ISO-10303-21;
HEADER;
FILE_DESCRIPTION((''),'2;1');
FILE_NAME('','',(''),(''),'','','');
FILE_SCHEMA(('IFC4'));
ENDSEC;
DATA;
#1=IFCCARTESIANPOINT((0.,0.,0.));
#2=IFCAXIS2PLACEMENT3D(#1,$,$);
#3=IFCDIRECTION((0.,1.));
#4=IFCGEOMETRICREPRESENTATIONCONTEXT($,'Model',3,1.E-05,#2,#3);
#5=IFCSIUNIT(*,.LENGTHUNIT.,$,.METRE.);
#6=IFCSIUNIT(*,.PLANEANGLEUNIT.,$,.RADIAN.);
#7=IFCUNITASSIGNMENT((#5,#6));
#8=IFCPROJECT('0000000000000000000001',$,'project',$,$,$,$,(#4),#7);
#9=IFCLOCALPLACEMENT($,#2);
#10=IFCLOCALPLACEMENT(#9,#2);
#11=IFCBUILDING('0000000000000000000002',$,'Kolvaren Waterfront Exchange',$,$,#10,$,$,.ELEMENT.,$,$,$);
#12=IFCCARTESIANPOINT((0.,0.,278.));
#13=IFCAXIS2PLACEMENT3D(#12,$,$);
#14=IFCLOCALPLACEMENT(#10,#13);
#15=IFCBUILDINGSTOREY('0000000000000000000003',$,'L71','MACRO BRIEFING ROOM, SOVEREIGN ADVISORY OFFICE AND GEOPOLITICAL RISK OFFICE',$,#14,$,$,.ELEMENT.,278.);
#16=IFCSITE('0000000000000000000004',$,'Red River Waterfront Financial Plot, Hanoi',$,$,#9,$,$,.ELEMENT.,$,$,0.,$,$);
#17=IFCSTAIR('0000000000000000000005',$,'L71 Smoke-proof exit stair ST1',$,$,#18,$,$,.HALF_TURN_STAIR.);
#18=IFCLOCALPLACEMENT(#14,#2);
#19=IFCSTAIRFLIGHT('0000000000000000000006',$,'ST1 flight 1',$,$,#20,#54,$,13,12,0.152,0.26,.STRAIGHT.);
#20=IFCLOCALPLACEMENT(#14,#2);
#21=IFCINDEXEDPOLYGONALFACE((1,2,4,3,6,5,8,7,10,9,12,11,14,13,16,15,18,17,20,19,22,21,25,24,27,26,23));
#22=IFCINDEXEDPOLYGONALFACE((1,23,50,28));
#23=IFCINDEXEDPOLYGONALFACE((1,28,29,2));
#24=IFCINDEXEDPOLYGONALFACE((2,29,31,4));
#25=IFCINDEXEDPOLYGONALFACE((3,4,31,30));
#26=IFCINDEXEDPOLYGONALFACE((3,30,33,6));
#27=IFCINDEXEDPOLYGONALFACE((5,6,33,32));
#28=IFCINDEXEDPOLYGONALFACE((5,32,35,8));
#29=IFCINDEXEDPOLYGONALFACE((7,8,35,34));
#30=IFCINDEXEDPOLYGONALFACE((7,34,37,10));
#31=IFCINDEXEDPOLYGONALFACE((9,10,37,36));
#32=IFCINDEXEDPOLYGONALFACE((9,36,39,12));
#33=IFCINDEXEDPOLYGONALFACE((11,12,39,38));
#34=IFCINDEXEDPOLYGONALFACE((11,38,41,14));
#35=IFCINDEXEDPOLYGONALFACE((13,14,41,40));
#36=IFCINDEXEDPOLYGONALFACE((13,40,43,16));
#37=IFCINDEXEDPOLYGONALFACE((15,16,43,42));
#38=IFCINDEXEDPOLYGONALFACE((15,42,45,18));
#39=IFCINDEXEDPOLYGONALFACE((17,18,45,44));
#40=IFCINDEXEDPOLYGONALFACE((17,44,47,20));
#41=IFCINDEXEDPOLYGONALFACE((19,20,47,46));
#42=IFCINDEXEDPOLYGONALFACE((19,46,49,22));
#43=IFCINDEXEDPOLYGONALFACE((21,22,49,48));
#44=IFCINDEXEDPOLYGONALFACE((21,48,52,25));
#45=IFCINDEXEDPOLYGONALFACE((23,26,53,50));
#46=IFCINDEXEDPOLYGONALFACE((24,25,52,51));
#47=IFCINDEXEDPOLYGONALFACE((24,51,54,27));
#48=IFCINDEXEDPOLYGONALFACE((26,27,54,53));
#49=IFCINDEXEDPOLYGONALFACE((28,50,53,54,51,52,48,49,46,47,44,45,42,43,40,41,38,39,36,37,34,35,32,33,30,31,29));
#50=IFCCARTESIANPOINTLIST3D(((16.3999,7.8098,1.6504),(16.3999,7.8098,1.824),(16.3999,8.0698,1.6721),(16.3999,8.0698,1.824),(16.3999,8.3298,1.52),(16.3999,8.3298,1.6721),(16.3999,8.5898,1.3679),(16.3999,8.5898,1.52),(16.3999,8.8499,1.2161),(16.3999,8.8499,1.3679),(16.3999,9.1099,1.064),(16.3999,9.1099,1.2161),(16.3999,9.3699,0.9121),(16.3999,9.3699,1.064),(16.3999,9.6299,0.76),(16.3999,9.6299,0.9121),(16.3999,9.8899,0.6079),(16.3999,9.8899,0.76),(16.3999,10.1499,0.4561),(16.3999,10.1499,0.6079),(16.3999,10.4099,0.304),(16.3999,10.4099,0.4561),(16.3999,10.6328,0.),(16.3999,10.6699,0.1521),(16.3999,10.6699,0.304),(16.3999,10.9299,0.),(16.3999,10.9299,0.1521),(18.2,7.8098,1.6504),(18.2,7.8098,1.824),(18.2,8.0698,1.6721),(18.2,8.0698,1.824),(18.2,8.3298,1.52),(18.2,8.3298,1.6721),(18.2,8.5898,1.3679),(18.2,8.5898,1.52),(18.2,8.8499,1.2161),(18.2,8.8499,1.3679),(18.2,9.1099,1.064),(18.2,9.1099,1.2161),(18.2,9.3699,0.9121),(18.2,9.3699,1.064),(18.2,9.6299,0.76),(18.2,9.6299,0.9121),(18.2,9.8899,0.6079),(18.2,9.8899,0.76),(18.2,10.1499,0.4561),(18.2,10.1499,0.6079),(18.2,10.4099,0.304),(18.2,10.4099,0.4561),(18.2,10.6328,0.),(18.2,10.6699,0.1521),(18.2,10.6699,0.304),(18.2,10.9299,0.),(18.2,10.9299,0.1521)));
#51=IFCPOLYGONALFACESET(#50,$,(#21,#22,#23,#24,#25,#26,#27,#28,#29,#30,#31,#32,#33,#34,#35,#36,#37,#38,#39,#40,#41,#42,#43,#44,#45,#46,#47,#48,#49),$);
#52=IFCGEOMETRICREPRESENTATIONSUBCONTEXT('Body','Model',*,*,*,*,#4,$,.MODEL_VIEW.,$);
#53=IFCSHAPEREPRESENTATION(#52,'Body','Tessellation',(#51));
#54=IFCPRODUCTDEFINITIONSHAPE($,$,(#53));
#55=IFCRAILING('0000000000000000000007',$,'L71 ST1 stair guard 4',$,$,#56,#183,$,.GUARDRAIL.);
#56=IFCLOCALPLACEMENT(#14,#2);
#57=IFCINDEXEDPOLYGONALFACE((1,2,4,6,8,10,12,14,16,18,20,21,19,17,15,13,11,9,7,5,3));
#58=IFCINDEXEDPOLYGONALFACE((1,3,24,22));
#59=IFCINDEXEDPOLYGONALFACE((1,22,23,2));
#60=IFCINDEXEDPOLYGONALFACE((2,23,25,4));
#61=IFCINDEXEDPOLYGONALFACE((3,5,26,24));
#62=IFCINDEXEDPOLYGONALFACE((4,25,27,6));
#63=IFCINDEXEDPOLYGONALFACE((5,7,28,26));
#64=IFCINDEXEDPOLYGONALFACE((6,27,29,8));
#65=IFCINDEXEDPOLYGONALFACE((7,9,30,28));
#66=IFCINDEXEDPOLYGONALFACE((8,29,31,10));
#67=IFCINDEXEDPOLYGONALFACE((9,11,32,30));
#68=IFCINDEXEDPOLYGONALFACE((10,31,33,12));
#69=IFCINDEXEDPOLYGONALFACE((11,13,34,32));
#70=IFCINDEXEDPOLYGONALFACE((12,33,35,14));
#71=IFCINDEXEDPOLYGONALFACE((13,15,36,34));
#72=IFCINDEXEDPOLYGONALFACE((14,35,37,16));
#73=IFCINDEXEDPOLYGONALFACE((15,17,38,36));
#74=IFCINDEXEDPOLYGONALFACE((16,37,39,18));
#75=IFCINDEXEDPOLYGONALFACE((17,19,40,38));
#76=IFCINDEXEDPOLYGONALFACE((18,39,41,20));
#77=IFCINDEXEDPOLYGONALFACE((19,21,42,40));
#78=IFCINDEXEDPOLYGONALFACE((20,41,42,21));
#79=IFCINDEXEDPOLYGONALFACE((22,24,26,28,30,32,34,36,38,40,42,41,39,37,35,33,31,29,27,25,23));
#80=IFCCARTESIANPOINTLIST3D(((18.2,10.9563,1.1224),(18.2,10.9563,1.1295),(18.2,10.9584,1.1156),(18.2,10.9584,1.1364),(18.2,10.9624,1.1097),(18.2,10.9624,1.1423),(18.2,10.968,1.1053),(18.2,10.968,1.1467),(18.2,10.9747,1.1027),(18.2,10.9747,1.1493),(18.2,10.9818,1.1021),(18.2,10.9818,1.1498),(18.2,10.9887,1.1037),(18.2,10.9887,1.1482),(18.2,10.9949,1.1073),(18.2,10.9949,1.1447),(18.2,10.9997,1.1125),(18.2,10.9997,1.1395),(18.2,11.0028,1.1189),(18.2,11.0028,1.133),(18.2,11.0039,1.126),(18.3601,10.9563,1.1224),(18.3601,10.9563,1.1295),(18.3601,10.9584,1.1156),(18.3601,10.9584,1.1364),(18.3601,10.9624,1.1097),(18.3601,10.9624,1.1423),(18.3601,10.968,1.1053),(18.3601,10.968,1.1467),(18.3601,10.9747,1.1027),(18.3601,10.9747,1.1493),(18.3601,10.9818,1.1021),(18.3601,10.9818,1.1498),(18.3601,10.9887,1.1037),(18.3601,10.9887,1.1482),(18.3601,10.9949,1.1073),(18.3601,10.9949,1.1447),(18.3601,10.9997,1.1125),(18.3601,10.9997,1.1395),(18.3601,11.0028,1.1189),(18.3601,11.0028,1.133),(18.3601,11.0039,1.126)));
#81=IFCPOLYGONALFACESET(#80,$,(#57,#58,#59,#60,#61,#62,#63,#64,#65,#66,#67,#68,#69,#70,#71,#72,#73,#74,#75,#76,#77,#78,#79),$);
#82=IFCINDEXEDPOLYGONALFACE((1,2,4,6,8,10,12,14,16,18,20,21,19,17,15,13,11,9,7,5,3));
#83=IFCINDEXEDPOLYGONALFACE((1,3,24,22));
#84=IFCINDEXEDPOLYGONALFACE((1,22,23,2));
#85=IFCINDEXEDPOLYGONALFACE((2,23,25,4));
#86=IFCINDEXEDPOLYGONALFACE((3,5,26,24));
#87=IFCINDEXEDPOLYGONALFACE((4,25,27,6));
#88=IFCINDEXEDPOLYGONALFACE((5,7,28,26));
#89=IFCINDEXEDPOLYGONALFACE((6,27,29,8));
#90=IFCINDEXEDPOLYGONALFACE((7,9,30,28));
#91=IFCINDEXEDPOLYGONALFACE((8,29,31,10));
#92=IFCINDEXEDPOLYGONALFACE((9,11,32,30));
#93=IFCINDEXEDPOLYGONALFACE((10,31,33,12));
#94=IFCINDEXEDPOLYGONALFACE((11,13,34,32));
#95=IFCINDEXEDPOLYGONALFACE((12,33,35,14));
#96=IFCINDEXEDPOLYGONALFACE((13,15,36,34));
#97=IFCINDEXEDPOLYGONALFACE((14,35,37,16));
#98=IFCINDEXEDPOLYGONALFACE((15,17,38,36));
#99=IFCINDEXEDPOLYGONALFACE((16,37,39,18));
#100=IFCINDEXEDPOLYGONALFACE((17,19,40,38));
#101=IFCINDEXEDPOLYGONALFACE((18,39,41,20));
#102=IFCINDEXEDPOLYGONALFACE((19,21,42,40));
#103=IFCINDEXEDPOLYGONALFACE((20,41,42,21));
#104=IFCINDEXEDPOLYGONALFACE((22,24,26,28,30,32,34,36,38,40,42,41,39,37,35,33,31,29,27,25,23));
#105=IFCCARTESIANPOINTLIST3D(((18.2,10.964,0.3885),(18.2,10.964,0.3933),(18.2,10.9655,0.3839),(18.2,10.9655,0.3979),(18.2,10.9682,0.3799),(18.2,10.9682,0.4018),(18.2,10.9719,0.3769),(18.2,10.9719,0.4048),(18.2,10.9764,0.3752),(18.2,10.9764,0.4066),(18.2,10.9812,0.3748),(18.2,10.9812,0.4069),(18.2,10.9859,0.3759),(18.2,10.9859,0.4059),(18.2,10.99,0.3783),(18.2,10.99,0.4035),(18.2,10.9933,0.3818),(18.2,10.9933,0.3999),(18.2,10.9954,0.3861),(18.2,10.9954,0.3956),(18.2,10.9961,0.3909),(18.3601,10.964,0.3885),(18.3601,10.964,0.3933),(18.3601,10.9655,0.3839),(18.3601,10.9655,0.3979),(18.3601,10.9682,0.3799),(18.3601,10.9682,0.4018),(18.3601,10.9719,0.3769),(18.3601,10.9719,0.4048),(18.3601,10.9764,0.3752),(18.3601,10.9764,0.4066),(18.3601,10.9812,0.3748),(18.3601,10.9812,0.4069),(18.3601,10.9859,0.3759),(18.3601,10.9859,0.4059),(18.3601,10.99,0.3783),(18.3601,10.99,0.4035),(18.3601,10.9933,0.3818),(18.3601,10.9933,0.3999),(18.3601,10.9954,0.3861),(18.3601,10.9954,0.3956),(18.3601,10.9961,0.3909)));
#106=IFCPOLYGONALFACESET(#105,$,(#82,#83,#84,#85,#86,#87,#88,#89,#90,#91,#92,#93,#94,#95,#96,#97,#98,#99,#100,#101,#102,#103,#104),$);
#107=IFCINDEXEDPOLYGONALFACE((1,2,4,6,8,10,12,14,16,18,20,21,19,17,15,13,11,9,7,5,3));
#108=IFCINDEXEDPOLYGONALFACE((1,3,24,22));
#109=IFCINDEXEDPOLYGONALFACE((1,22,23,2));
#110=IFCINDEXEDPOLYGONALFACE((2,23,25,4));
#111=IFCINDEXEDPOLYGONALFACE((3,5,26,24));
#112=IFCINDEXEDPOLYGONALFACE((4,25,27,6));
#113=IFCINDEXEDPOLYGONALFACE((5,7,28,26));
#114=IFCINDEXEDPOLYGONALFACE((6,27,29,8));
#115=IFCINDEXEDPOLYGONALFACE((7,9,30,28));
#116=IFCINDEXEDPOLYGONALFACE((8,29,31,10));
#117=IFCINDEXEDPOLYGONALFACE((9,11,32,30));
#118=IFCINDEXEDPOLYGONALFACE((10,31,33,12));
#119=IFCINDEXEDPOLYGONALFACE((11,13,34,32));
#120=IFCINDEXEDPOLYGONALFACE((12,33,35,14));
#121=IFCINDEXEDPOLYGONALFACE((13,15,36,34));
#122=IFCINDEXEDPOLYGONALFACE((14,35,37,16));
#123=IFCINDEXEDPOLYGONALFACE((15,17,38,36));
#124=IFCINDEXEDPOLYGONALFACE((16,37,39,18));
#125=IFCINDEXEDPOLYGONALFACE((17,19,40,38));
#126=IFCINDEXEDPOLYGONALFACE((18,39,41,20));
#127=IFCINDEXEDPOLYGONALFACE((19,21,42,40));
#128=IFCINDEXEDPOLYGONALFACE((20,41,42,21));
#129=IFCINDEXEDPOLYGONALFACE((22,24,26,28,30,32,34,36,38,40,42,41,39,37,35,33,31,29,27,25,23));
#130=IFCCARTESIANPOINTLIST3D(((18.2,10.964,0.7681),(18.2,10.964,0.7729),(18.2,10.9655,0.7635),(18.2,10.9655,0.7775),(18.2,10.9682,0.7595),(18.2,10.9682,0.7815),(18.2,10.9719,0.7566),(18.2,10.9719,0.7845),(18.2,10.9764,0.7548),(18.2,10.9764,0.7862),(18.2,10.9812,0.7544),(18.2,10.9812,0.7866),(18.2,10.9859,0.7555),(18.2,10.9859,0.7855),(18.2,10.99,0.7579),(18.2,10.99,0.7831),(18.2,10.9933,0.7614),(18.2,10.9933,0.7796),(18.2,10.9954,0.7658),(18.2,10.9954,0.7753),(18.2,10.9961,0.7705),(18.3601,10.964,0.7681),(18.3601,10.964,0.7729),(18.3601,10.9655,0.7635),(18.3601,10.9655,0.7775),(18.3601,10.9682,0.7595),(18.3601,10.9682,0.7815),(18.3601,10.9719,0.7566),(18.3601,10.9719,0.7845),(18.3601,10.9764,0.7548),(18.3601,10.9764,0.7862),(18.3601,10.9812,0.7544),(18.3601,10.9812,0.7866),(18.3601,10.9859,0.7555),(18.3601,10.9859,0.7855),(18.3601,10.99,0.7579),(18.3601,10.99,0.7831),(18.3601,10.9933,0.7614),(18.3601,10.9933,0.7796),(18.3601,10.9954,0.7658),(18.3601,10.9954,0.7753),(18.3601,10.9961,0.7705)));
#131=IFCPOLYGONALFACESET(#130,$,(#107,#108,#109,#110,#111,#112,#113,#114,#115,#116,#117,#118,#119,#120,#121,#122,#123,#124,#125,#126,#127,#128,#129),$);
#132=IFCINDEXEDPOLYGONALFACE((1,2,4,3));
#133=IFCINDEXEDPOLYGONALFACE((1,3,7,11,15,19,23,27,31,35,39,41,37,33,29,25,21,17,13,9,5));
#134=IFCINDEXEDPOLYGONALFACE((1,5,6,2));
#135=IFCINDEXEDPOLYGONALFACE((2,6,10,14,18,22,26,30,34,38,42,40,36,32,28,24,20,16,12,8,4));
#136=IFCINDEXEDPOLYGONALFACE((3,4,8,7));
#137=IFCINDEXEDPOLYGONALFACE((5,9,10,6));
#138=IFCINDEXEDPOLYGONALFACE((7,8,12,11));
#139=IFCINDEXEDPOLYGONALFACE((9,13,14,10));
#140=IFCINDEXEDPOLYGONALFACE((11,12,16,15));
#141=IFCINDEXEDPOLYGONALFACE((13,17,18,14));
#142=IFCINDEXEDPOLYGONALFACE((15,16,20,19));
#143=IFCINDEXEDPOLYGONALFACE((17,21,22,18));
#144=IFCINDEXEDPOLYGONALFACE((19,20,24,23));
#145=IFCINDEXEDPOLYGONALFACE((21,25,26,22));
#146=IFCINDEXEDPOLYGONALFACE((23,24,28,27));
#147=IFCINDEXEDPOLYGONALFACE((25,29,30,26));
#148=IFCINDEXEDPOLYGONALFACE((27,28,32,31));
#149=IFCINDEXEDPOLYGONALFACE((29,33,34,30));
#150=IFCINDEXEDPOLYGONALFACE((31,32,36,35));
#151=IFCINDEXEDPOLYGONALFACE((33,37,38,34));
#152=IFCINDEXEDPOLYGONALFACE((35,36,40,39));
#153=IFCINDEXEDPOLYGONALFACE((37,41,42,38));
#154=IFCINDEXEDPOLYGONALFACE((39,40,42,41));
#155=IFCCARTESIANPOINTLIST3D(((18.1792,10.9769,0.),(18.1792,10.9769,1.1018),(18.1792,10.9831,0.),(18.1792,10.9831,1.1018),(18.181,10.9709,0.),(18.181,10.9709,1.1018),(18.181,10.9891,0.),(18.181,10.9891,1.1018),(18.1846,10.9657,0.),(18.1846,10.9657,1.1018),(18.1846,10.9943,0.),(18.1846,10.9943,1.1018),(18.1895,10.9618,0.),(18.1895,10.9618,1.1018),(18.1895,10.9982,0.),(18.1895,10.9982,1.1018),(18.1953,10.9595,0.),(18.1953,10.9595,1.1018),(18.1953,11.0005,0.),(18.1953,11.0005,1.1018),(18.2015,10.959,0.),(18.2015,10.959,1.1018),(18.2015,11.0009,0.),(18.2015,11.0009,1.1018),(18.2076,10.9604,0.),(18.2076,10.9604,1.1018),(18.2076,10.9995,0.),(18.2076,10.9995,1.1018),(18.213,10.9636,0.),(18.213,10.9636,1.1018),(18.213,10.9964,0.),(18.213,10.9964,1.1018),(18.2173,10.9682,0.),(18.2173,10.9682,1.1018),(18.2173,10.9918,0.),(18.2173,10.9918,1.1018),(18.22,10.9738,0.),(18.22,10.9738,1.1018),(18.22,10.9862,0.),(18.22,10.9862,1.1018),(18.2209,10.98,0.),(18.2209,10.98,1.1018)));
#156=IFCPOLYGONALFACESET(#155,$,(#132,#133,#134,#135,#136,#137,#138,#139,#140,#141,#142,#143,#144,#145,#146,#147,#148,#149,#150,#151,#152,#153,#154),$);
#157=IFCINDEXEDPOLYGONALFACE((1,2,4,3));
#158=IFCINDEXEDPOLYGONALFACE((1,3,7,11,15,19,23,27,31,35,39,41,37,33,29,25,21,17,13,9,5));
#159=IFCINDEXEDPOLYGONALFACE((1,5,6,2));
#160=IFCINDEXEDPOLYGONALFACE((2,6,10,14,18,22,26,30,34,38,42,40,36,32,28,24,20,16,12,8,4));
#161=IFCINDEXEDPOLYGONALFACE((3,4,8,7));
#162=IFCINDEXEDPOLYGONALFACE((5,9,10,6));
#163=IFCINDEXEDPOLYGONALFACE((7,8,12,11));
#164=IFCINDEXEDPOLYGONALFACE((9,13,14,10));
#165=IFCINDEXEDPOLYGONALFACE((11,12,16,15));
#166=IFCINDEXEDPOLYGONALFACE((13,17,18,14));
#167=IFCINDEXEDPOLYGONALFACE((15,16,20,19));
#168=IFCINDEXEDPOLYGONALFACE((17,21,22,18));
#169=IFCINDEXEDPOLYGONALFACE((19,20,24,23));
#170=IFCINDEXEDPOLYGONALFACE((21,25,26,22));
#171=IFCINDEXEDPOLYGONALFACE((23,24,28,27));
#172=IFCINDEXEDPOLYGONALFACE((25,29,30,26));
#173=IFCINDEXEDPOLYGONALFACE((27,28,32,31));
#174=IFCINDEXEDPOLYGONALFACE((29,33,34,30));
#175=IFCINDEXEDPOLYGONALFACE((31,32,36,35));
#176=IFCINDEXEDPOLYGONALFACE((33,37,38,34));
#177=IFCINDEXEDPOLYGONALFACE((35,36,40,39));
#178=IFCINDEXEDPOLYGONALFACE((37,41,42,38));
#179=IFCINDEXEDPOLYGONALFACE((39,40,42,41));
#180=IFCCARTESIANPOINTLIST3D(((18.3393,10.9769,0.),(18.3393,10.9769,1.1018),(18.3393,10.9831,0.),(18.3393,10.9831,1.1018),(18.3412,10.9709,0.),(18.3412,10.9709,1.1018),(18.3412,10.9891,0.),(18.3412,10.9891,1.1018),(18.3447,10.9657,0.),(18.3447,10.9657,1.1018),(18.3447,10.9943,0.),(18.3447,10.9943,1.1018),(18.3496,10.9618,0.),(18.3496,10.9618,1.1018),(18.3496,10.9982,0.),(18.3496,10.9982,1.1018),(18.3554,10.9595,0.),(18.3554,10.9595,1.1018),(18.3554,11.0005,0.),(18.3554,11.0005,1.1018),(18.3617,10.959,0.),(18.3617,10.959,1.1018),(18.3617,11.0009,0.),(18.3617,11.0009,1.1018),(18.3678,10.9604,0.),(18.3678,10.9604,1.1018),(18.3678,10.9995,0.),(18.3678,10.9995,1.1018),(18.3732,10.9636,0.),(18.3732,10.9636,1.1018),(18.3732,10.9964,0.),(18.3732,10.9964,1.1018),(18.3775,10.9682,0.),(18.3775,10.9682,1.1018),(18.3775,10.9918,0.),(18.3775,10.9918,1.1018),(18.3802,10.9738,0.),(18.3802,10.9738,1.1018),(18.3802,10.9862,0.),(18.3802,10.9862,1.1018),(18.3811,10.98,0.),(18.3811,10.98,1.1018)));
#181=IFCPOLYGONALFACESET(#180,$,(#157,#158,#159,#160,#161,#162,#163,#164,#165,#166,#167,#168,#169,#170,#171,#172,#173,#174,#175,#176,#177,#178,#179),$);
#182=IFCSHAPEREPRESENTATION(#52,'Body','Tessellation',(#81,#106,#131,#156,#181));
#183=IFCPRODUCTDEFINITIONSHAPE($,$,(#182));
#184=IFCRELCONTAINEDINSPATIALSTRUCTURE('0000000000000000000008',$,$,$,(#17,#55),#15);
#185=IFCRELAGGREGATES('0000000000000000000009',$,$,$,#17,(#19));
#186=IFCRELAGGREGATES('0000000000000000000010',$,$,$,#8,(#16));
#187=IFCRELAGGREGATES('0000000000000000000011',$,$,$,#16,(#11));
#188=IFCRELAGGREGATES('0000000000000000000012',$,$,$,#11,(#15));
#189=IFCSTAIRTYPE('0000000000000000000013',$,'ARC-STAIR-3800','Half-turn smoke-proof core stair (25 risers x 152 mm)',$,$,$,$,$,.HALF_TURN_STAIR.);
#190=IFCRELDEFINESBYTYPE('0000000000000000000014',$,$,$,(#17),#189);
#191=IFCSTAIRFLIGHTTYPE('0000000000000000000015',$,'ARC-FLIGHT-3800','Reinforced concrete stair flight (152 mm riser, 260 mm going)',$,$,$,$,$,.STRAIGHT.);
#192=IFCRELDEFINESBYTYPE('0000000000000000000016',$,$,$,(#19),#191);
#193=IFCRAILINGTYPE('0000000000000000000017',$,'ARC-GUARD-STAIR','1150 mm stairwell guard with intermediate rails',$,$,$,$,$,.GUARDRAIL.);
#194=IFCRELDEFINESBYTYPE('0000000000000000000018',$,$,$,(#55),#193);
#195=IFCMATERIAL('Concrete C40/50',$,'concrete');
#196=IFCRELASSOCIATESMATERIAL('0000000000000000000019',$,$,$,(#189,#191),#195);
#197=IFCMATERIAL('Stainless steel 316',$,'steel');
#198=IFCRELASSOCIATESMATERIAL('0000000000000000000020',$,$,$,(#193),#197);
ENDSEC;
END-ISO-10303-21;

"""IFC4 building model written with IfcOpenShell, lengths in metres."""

from ifc_helpers import new_model, si_unit, direction, frame, origin, origin_2d, place, context, subcontext, project, spatial, polyline, circle, outline, extrude, material, type_object, element, aggregate, save


model = new_model("IFC4")

# Units and contexts
model_context = context("Model", 3, precision=1e-05, world=origin(), true_north=direction((0.0, 1.0)))
body_context = subcontext(model_context, "Body", "Model", "MODEL_VIEW")
ifc_project = project(units=[si_unit("LENGTHUNIT", "METRE"), si_unit("PLANEANGLEUNIT", "RADIAN")], contexts=[model_context])

# Site, building, storey
site_placement = place(None, origin())
site = spatial("IfcSite", under=ifc_project, at=site_placement, Name="Red River Waterfront Financial Plot, Hanoi", CompositionType="ELEMENT", RefElevation=0.0)
building_placement = place(site_placement, origin())
building = spatial("IfcBuilding", under=site, at=building_placement, Name="Kolvaren Waterfront Exchange", CompositionType="ELEMENT")
storey_placement = place(building_placement, frame((0.0, 0.0, 278.0)))
storey = spatial("IfcBuildingStorey", under=building, at=storey_placement, Name="L71", Description="MACRO BRIEFING ROOM, SOVEREIGN ADVISORY OFFICE AND GEOPOLITICAL RISK OFFICE", CompositionType="ELEMENT", Elevation=278.0)

# Shared definitions
ifc_material_1 = material(Name="Concrete C40/50", Category="concrete")

# Stair, stair flight
stair_type = type_object("IfcStairType", Name="ARC-STAIR-3800", Description="Half-turn smoke-proof core stair (25 risers x 152 mm)", PredefinedType="HALF_TURN_STAIR", material=ifc_material_1)
stair_placement = place(storey_placement, origin())
stair = element("IfcStair", 1, at=stair_placement, inside=storey, type_object=stair_type, Name="L71 Smoke-proof exit stair ST1", PredefinedType="HALF_TURN_STAIR")
stair_flight_type = type_object("IfcStairFlightType", Name="ARC-FLIGHT-3800", Description="Reinforced concrete stair flight (152 mm riser, 260 mm going)", PredefinedType="STRAIGHT", material=ifc_material_1)
stair_flight_placement = place(storey_placement, frame((17.3, 10.9299, 0.0), z_axis=(0.0, 0.0, 1.0), x_axis=(0.0, -1.0, 0.0)))
stair_flight = element("IfcStairFlight", 2, at=stair_flight_placement, type_object=stair_flight_type, Name="ST1 flight 1", NumberOfRisers=13, NumberOfTreads=12, PredefinedType="STRAIGHT", RiserHeight=0.152, TreadLength=0.26, context=body_context, shape_type="SweptSolid", body=[
    extrude(outline(polyline([(0.0, 0.0), (0.0, 0.1521), (0.26, 0.1521), (0.26, 0.304), (0.52, 0.304), (0.52, 0.4561), (0.78, 0.4561), (0.78, 0.6079), (1.04, 0.6079), (1.04, 0.76), (1.3, 0.76), (1.3, 0.9121), (1.5601, 0.9121), (1.5601, 1.064), (1.8201, 1.064), (1.8201, 1.2161), (2.0801, 1.2161), (2.0801, 1.3679), (2.3401, 1.3679), (2.3401, 1.52), (2.6001, 1.52), (2.6001, 1.6721), (2.8601, 1.6721), (2.8601, 1.824), (3.1201, 1.824), (3.1201, 1.9761), (3.1201, 1.6504), (0.2971, 0.0), (0.0, 0.0)])), frame((0.0, 0.8999, 0.0), z_axis=(0.0, -1.0, 0.0), x_axis=(1.0, 0.0, 0.0)), (0.0, 0.0, 1.0), 1.8),
])
aggregate(stair, [stair_flight])

# Railing
ifc_material_2 = material(Name="Stainless steel 316", Category="steel")
railing_type_1 = type_object("IfcRailingType", Name="ARC-GUARD-STAIR", Description="1150 mm stairwell guard with intermediate rails", PredefinedType="GUARDRAIL", material=ifc_material_2)
railing_1_placement = place(storey_placement, frame((18.2, 10.98, 0.0)))
element("IfcRailing", 3, at=railing_1_placement, inside=storey, type_object=railing_type_1, Name="L71 ST1 stair guard 4", PredefinedType="GUARDRAIL", context=body_context, shape_type="SweptSolid", body=[
    extrude(circle(Radius=0.0239, at=origin_2d()), frame((0.0, 0.0, 1.126), z_axis=(1.0, 0.0, 0.0), x_axis=(0.0, 1.0, 0.0)), (0.0, 0.0, 1.0), 0.1602),
    extrude(circle(Radius=0.0161, at=origin_2d()), frame((0.0, 0.0, 0.3909), z_axis=(1.0, 0.0, 0.0), x_axis=(0.0, 1.0, 0.0)), (0.0, 0.0, 1.0), 0.1602),
    extrude(circle(Radius=0.0161, at=origin_2d()), frame((0.0, 0.0, 0.7705), z_axis=(1.0, 0.0, 0.0), x_axis=(0.0, 1.0, 0.0)), (0.0, 0.0, 1.0), 0.1602),
    extrude(circle(Radius=0.021, at=origin_2d()), origin(), (0.0, 0.0, 1.0), 1.1018),
    extrude(circle(Radius=0.021, at=origin_2d()), frame((0.1602, 0.0, 0.0)), (0.0, 0.0, 1.0), 1.1018),
])

save(model, "model.ifc")
